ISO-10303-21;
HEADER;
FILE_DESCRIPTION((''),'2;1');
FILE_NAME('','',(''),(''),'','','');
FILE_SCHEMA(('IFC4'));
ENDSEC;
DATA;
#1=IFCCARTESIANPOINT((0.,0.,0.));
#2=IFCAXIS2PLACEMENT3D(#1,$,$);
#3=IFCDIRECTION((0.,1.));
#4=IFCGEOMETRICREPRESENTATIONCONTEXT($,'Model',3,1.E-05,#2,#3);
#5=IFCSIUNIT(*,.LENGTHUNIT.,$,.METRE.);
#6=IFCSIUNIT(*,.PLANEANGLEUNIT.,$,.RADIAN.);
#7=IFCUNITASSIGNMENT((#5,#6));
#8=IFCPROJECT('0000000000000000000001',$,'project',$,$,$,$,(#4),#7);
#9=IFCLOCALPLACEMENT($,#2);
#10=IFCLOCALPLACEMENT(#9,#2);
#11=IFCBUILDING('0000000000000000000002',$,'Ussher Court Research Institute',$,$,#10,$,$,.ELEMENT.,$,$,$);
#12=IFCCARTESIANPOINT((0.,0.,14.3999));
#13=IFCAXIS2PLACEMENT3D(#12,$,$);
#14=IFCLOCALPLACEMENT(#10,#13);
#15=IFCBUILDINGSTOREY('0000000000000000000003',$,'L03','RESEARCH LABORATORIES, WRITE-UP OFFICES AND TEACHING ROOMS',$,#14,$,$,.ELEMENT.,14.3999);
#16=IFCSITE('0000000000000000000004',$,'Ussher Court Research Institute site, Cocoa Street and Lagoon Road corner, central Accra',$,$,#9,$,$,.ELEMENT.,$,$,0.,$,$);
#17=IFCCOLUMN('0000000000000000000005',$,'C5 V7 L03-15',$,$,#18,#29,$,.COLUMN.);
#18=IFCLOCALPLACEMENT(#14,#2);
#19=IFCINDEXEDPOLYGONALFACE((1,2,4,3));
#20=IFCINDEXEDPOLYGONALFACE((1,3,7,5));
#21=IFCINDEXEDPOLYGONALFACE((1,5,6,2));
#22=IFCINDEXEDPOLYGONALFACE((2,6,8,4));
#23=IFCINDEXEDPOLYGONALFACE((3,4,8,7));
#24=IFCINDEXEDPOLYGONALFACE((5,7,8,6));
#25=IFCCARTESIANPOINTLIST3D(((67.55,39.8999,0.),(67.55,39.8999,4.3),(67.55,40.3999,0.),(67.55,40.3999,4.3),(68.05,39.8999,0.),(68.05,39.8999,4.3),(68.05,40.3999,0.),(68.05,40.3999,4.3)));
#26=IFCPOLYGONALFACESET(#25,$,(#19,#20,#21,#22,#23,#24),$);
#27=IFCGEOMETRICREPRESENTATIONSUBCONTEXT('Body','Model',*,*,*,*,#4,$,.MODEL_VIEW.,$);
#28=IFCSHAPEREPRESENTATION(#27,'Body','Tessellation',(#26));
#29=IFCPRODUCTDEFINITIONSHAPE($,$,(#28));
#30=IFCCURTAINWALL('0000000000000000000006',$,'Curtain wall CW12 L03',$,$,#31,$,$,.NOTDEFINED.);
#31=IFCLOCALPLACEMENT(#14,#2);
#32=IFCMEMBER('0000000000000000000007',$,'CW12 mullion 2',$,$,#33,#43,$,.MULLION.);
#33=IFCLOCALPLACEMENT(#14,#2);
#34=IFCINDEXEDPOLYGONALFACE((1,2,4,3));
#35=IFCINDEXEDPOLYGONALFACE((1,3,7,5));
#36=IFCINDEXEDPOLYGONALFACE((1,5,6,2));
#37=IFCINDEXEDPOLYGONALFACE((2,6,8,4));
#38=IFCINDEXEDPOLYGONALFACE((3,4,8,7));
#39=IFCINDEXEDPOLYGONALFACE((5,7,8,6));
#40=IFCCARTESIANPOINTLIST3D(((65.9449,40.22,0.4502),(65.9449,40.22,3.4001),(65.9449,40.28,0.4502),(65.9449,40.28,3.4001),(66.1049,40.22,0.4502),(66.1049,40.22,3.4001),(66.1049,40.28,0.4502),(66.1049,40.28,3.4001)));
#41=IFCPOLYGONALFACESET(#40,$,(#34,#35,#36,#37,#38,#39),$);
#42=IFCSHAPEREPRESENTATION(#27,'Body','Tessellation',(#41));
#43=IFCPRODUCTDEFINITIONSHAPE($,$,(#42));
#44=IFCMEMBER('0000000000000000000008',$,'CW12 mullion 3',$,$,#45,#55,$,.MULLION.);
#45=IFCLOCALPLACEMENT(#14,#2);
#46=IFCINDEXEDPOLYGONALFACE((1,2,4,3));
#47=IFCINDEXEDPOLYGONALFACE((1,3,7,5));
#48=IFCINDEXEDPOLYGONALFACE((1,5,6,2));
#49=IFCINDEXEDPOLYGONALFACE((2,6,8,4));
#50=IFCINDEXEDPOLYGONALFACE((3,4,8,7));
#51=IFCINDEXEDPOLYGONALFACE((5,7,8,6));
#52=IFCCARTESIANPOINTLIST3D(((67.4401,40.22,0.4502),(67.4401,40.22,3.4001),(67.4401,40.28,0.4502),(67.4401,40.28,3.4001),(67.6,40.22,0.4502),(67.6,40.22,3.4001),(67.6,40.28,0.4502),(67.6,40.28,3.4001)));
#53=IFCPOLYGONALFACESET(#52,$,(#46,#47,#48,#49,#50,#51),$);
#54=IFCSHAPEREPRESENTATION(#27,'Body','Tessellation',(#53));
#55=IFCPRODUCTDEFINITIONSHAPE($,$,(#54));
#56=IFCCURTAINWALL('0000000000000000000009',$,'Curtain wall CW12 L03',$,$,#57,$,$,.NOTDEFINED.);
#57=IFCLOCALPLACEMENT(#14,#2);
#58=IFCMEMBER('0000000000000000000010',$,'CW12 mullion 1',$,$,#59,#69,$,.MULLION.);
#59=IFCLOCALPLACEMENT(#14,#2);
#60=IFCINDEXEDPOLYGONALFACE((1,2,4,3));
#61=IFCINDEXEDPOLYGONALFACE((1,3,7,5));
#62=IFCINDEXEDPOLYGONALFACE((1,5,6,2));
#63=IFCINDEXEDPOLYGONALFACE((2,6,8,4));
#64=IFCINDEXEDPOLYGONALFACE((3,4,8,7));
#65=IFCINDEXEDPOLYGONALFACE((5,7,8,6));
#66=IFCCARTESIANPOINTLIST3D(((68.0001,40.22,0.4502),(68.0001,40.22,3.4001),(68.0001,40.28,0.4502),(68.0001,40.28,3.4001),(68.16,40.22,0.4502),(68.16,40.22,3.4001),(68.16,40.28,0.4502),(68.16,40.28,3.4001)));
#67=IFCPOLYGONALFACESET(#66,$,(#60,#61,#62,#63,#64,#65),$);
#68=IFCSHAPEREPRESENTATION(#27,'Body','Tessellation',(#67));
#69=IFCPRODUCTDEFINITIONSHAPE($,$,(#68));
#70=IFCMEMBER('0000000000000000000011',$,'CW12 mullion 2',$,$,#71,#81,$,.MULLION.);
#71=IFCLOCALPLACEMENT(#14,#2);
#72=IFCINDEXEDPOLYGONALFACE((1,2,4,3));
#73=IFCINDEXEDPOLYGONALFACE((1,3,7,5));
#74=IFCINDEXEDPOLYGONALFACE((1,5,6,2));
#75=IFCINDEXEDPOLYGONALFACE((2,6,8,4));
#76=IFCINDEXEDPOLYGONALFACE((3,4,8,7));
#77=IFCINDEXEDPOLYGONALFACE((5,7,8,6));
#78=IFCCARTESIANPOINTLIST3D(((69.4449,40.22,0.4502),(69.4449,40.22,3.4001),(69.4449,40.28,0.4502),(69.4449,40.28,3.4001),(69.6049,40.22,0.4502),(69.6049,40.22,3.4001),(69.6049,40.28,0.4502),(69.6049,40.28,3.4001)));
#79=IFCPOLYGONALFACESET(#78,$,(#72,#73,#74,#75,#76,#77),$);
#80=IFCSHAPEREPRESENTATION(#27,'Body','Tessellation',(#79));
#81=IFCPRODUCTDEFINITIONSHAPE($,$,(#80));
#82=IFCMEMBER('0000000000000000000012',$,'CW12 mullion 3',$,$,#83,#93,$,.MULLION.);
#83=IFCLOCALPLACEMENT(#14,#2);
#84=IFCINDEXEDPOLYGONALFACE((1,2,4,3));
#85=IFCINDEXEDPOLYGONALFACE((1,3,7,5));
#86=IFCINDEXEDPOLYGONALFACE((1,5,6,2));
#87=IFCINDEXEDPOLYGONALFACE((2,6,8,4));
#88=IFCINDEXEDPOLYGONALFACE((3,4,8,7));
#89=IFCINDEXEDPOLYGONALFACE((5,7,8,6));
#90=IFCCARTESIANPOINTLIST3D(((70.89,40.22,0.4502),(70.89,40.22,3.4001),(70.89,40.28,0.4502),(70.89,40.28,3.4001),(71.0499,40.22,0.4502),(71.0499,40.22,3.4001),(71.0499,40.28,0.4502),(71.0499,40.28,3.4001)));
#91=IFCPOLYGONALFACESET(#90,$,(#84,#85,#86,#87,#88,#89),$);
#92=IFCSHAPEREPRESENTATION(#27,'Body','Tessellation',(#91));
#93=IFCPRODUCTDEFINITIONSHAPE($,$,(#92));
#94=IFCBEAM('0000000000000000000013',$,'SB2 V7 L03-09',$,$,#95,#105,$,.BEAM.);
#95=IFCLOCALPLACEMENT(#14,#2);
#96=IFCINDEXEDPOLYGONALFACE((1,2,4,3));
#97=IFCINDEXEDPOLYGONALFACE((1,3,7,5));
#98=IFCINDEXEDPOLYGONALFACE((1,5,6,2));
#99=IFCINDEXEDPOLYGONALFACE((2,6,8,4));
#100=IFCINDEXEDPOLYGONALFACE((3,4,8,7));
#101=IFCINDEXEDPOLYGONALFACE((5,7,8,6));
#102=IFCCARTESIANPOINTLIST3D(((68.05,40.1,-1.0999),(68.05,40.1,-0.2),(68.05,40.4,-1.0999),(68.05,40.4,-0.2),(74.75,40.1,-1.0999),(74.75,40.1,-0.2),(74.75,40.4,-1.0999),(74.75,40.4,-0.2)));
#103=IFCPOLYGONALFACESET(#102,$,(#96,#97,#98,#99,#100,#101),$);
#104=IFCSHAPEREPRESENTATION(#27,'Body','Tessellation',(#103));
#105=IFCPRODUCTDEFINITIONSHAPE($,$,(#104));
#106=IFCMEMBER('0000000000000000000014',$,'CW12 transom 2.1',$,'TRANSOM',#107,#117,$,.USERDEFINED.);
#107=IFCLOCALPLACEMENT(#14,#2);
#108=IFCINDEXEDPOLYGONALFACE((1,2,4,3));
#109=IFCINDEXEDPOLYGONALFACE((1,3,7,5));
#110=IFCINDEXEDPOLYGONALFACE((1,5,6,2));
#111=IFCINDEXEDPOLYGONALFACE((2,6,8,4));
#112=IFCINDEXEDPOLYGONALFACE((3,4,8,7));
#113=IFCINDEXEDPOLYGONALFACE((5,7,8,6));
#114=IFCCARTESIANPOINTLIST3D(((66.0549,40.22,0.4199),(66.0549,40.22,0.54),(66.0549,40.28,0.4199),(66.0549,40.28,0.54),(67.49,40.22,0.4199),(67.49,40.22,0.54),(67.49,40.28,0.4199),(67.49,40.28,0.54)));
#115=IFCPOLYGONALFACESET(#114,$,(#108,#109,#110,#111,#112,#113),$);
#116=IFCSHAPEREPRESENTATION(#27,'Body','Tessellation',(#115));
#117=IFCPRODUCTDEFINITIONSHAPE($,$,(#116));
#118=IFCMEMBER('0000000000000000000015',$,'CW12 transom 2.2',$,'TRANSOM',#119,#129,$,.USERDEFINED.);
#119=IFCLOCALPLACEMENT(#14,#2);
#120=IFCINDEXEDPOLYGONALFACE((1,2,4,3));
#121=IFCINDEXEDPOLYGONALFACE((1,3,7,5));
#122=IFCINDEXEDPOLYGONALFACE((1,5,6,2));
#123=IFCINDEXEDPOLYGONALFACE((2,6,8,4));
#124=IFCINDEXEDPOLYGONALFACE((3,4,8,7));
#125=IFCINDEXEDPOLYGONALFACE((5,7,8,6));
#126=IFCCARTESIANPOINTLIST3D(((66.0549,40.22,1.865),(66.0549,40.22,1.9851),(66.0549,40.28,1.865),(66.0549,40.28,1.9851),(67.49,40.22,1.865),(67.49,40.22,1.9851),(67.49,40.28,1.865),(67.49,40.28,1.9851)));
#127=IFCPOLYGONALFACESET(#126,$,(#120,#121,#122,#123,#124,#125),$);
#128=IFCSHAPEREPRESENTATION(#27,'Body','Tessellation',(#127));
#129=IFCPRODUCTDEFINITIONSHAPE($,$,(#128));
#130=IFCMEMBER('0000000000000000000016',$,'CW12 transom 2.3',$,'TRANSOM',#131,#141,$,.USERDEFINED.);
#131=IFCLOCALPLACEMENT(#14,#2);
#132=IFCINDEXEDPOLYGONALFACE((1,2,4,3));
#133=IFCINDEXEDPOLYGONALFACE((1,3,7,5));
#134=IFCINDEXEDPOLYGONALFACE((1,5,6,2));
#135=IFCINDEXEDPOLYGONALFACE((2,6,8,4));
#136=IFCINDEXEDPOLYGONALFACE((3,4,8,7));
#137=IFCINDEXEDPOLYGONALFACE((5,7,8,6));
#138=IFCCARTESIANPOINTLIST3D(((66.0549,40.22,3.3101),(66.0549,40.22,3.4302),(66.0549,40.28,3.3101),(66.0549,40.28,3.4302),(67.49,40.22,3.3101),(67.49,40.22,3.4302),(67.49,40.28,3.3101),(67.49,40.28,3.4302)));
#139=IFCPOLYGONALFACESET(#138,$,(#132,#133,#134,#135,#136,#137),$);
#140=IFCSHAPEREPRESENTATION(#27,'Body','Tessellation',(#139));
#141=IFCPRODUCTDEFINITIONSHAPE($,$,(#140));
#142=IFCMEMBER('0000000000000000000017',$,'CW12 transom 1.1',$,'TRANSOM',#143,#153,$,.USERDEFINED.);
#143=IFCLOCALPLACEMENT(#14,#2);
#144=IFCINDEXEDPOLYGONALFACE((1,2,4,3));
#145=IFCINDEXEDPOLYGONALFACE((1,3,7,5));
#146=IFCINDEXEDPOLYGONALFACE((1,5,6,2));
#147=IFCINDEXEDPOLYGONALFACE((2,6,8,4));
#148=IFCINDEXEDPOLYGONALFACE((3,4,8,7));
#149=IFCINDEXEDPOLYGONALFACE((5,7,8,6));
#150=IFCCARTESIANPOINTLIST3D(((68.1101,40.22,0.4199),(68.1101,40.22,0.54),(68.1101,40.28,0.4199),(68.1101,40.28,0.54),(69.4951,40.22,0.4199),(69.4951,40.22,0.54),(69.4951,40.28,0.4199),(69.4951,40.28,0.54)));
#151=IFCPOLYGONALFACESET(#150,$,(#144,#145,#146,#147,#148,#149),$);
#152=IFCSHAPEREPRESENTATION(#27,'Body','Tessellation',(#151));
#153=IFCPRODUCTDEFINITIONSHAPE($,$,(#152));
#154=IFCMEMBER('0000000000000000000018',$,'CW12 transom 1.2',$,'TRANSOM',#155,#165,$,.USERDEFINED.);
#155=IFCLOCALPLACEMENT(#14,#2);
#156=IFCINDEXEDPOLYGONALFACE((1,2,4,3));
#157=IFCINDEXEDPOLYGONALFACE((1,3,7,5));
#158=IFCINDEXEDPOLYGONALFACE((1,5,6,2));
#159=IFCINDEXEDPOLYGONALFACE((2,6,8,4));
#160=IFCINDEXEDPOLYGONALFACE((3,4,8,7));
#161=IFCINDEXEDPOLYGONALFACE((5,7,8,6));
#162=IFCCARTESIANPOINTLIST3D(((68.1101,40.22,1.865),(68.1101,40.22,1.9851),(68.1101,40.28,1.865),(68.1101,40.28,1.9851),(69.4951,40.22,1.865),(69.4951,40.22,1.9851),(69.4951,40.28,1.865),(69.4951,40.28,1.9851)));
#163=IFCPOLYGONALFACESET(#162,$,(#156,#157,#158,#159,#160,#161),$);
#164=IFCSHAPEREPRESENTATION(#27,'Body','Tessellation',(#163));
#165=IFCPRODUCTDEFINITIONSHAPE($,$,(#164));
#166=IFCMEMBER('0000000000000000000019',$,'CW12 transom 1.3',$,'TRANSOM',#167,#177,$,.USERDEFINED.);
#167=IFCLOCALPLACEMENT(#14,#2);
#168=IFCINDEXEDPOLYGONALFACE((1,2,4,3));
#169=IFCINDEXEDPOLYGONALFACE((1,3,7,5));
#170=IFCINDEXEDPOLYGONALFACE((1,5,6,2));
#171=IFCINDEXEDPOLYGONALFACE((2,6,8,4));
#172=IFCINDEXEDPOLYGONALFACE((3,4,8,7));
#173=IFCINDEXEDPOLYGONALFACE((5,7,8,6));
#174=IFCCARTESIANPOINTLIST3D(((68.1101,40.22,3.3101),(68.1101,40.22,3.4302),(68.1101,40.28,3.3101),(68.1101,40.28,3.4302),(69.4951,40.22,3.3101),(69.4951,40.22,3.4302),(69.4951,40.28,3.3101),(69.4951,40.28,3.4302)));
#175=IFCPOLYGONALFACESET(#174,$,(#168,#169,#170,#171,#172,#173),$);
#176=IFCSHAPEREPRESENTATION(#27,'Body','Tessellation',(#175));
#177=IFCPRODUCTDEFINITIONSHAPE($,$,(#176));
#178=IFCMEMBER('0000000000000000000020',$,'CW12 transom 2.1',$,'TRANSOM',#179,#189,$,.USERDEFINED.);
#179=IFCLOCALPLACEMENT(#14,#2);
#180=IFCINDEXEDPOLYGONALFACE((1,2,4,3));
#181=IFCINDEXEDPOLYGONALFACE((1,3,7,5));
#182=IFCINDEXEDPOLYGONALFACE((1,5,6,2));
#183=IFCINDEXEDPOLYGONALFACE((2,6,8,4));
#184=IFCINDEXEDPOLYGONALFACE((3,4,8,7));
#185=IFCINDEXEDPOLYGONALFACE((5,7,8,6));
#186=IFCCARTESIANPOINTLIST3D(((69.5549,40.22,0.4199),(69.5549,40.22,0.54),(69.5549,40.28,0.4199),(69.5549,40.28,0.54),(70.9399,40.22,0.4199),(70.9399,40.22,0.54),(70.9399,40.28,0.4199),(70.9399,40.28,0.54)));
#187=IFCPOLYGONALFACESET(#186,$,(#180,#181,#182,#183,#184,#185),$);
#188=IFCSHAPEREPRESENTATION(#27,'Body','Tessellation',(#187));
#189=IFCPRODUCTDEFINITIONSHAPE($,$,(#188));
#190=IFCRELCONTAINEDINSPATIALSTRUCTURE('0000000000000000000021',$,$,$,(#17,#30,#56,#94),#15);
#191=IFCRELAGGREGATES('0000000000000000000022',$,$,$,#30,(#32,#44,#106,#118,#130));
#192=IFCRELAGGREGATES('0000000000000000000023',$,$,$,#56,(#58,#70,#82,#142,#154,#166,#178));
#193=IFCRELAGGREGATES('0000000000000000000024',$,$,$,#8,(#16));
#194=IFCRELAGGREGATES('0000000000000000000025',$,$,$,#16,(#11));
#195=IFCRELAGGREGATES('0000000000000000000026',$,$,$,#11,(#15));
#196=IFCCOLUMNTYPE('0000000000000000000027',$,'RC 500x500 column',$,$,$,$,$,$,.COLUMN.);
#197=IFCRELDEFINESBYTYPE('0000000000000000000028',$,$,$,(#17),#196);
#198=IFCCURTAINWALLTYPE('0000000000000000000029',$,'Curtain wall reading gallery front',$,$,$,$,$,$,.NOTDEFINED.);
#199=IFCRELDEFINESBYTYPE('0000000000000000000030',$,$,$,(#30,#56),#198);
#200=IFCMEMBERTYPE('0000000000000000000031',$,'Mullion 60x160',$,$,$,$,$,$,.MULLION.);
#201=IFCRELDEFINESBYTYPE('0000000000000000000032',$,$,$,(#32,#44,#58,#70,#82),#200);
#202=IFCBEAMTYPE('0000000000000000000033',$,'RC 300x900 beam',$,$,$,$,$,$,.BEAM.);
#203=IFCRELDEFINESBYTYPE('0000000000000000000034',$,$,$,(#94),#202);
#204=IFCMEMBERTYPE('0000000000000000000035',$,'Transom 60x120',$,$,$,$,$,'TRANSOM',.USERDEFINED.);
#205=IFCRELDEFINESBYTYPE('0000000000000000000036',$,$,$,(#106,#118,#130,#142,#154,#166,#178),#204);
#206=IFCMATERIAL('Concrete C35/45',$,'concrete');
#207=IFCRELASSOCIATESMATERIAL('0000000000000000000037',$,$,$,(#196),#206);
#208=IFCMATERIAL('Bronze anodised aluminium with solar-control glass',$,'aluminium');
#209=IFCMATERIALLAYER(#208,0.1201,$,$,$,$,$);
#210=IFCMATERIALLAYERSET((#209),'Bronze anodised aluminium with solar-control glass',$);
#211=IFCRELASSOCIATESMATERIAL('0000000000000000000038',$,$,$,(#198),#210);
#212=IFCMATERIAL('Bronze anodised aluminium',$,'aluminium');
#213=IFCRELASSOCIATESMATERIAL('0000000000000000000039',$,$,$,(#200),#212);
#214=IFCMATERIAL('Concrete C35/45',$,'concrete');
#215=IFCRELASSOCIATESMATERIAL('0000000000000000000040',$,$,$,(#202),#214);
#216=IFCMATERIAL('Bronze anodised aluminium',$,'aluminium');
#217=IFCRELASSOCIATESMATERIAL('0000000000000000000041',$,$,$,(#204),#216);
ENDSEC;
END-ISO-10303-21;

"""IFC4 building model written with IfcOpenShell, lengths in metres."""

from ifc_helpers import new_model, si_unit, direction, frame, origin, origin_2d, place, context, subcontext, project, spatial, rectangle, extrude, material, layer, layer_set, material_profile, profile_set, type_object, element, aggregate, save


model = new_model("IFC4")

# Units and contexts
model_context = context("Model", 3, precision=1e-05, world=origin(), true_north=direction((0.0, 1.0)))
body_context = subcontext(model_context, "Body", "Model", "MODEL_VIEW")
ifc_project = project(units=[si_unit("LENGTHUNIT", "METRE"), si_unit("PLANEANGLEUNIT", "RADIAN")], contexts=[model_context])

# Site, building, storey
site_placement = place(None, origin())
site = spatial("IfcSite", under=ifc_project, at=site_placement, Name="Ussher Court Research Institute site, Cocoa Street and Lagoon Road corner, central Accra", CompositionType="ELEMENT", RefElevation=0.0)
building_placement = place(site_placement, origin())
building = spatial("IfcBuilding", under=site, at=building_placement, Name="Ussher Court Research Institute", CompositionType="ELEMENT")
storey_placement = place(building_placement, frame((0.0, 0.0, 14.3999)))
storey = spatial("IfcBuildingStorey", under=building, at=storey_placement, Name="L03", Description="RESEARCH LABORATORIES, WRITE-UP OFFICES AND TEACHING ROOMS", CompositionType="ELEMENT", Elevation=14.3999)

# Column
ifc_material_1 = material(Name="Concrete C35/45", Category="concrete")
ifc_material_profile_1 = material_profile(ifc_material_1, rectangle(XDim=0.5, YDim=0.5, at=origin_2d()), Name="RC 500x500")
ifc_profile_set_1 = profile_set([ifc_material_profile_1], Name="Concrete C35/45")
column_type = type_object("IfcColumnType", Name="RC 500x500 column", PredefinedType="COLUMN", material=ifc_profile_set_1)
column_placement = place(storey_placement, frame((67.8, 40.1499, 0.0), z_axis=(0.0, 0.0, 1.0), x_axis=(1.0, 0.0, 0.0)))
element("IfcColumn", 1, at=column_placement, inside=storey, type_object=column_type, Name="C5 V7 L03-15", PredefinedType="COLUMN", context=body_context, shape_type="SweptSolid", body=[
    extrude(rectangle(XDim=0.5, YDim=0.5, at=origin_2d()), origin(), (0.0, 0.0, 1.0), 4.3),
])

# Curtain walls, members
ifc_material_2 = material(Name="Bronze anodised aluminium with solar-control glass", Category="aluminium")
ifc_layer_1 = layer(ifc_material_2, 0.1201)
ifc_layer_set_1 = layer_set([ifc_layer_1], Name="Bronze anodised aluminium with solar-control glass")
curtain_wall_type = type_object("IfcCurtainWallType", Name="Curtain wall reading gallery front", PredefinedType="NOTDEFINED", material=ifc_layer_set_1)
curtain_wall_1_placement = place(storey_placement, origin())
curtain_wall_1 = element("IfcCurtainWall", 2, at=curtain_wall_1_placement, inside=storey, type_object=curtain_wall_type, Name="Curtain wall CW12 L03", PredefinedType="NOTDEFINED")
ifc_material_3 = material(Name="Bronze anodised aluminium", Category="aluminium")
ifc_material_profile_2 = material_profile(ifc_material_3, rectangle(XDim=0.0601, YDim=0.1599, at=origin_2d()), Name="Mullion 60x160")
ifc_profile_set_2 = profile_set([ifc_material_profile_2], Name="Bronze anodised aluminium")
member_type_1 = type_object("IfcMemberType", Name="Mullion 60x160", PredefinedType="MULLION", material=ifc_profile_set_2)
member_1_placement = place(storey_placement, frame((66.0249, 40.25, 0.4502), z_axis=(0.0, 0.0, 1.0), x_axis=(0.0, 1.0, 0.0)))
member_1 = element("IfcMember", 3, at=member_1_placement, type_object=member_type_1, Name="CW12 mullion 2", PredefinedType="MULLION", context=body_context, shape_type="SweptSolid", body=[
    extrude(rectangle(XDim=0.0601, YDim=0.1599, at=origin_2d()), origin(), (0.0, 0.0, 1.0), 2.95),
])
member_2_placement = place(storey_placement, frame((67.52, 40.25, 0.4502), z_axis=(0.0, 0.0, 1.0), x_axis=(0.0, 1.0, 0.0)))
member_2 = element("IfcMember", 4, at=member_2_placement, type_object=member_type_1, Name="CW12 mullion 3", PredefinedType="MULLION", context=body_context, shape_type="SweptSolid", body=[
    extrude(rectangle(XDim=0.0601, YDim=0.1599, at=origin_2d()), origin(), (0.0, 0.0, 1.0), 2.95),
])
curtain_wall_2_placement = place(storey_placement, origin())
curtain_wall_2 = element("IfcCurtainWall", 5, at=curtain_wall_2_placement, inside=storey, type_object=curtain_wall_type, Name="Curtain wall CW12 L03", PredefinedType="NOTDEFINED")
member_3_placement = place(storey_placement, frame((68.0801, 40.25, 0.4502), z_axis=(0.0, 0.0, 1.0), x_axis=(0.0, 1.0, 0.0)))
member_3 = element("IfcMember", 6, at=member_3_placement, type_object=member_type_1, Name="CW12 mullion 1", PredefinedType="MULLION", context=body_context, shape_type="SweptSolid", body=[
    extrude(rectangle(XDim=0.0601, YDim=0.1599, at=origin_2d()), origin(), (0.0, 0.0, 1.0), 2.95),
])
member_4_placement = place(storey_placement, frame((69.5249, 40.25, 0.4502), z_axis=(0.0, 0.0, 1.0), x_axis=(0.0, 1.0, 0.0)))
member_4 = element("IfcMember", 7, at=member_4_placement, type_object=member_type_1, Name="CW12 mullion 2", PredefinedType="MULLION", context=body_context, shape_type="SweptSolid", body=[
    extrude(rectangle(XDim=0.0601, YDim=0.1599, at=origin_2d()), origin(), (0.0, 0.0, 1.0), 2.95),
])
member_5_placement = place(storey_placement, frame((70.97, 40.25, 0.4502), z_axis=(0.0, 0.0, 1.0), x_axis=(0.0, 1.0, 0.0)))
member_5 = element("IfcMember", 8, at=member_5_placement, type_object=member_type_1, Name="CW12 mullion 3", PredefinedType="MULLION", context=body_context, shape_type="SweptSolid", body=[
    extrude(rectangle(XDim=0.0601, YDim=0.1599, at=origin_2d()), origin(), (0.0, 0.0, 1.0), 2.95),
])

# Beam
ifc_material_4 = material(Name="Concrete C35/45", Category="concrete")
ifc_material_profile_3 = material_profile(ifc_material_4, rectangle(XDim=0.3, YDim=0.8999, at=origin_2d()), Name="RC 300x900")
ifc_profile_set_3 = profile_set([ifc_material_profile_3], Name="Concrete C35/45")
beam_type = type_object("IfcBeamType", Name="RC 300x900 beam", PredefinedType="BEAM", material=ifc_profile_set_3)
beam_placement = place(storey_placement, frame((68.05, 40.25, -0.6499), z_axis=(1.0, 0.0, 0.0), x_axis=(0.0, 1.0, 0.0)))
element("IfcBeam", 9, at=beam_placement, inside=storey, type_object=beam_type, Name="SB2 V7 L03-09", PredefinedType="BEAM", context=body_context, shape_type="SweptSolid", body=[
    extrude(rectangle(XDim=0.3, YDim=0.8999, at=origin_2d()), origin(), (0.0, 0.0, 1.0), 6.7),
])

# Members
ifc_material_5 = material(Name="Bronze anodised aluminium", Category="aluminium")
ifc_material_profile_4 = material_profile(ifc_material_5, rectangle(XDim=0.0601, YDim=0.1201, at=origin_2d()), Name="Transom 60x120")
ifc_profile_set_4 = profile_set([ifc_material_profile_4], Name="Bronze anodised aluminium")
member_type_2 = type_object("IfcMemberType", Name="Transom 60x120", ElementType="TRANSOM", PredefinedType="USERDEFINED", material=ifc_profile_set_4)
member_6_placement = place(storey_placement, frame((66.0549, 40.25, 0.48), z_axis=(1.0, 0.0, 0.0), x_axis=(0.0, 1.0, 0.0)))
member_6 = element("IfcMember", 10, at=member_6_placement, type_object=member_type_2, Name="CW12 transom 2.1", ObjectType="TRANSOM", PredefinedType="USERDEFINED", context=body_context, shape_type="SweptSolid", body=[
    extrude(rectangle(XDim=0.0601, YDim=0.1201, at=origin_2d()), origin(), (0.0, 0.0, 1.0), 1.4351),
])
member_7_placement = place(storey_placement, frame((66.0549, 40.25, 1.925), z_axis=(1.0, 0.0, 0.0), x_axis=(0.0, 1.0, 0.0)))
member_7 = element("IfcMember", 11, at=member_7_placement, type_object=member_type_2, Name="CW12 transom 2.2", ObjectType="TRANSOM", PredefinedType="USERDEFINED", context=body_context, shape_type="SweptSolid", body=[
    extrude(rectangle(XDim=0.0601, YDim=0.1201, at=origin_2d()), origin(), (0.0, 0.0, 1.0), 1.4351),
])
member_8_placement = place(storey_placement, frame((66.0549, 40.25, 3.3701), z_axis=(1.0, 0.0, 0.0), x_axis=(0.0, 1.0, 0.0)))
member_8 = element("IfcMember", 12, at=member_8_placement, type_object=member_type_2, Name="CW12 transom 2.3", ObjectType="TRANSOM", PredefinedType="USERDEFINED", context=body_context, shape_type="SweptSolid", body=[
    extrude(rectangle(XDim=0.0601, YDim=0.1201, at=origin_2d()), origin(), (0.0, 0.0, 1.0), 1.4351),
])
member_9_placement = place(storey_placement, frame((68.1101, 40.25, 0.48), z_axis=(1.0, 0.0, 0.0), x_axis=(0.0, 1.0, 0.0)))
member_9 = element("IfcMember", 13, at=member_9_placement, type_object=member_type_2, Name="CW12 transom 1.1", ObjectType="TRANSOM", PredefinedType="USERDEFINED", context=body_context, shape_type="SweptSolid", body=[
    extrude(rectangle(XDim=0.0601, YDim=0.1201, at=origin_2d()), origin(), (0.0, 0.0, 1.0), 1.385),
])
member_10_placement = place(storey_placement, frame((68.1101, 40.25, 1.925), z_axis=(1.0, 0.0, 0.0), x_axis=(0.0, 1.0, 0.0)))
member_10 = element("IfcMember", 14, at=member_10_placement, type_object=member_type_2, Name="CW12 transom 1.2", ObjectType="TRANSOM", PredefinedType="USERDEFINED", context=body_context, shape_type="SweptSolid", body=[
    extrude(rectangle(XDim=0.0601, YDim=0.1201, at=origin_2d()), origin(), (0.0, 0.0, 1.0), 1.385),
])
member_11_placement = place(storey_placement, frame((68.1101, 40.25, 3.3701), z_axis=(1.0, 0.0, 0.0), x_axis=(0.0, 1.0, 0.0)))
member_11 = element("IfcMember", 15, at=member_11_placement, type_object=member_type_2, Name="CW12 transom 1.3", ObjectType="TRANSOM", PredefinedType="USERDEFINED", context=body_context, shape_type="SweptSolid", body=[
    extrude(rectangle(XDim=0.0601, YDim=0.1201, at=origin_2d()), origin(), (0.0, 0.0, 1.0), 1.385),
])
member_12_placement = place(storey_placement, frame((69.5549, 40.25, 0.48), z_axis=(1.0, 0.0, 0.0), x_axis=(0.0, 1.0, 0.0)))
member_12 = element("IfcMember", 16, at=member_12_placement, type_object=member_type_2, Name="CW12 transom 2.1", ObjectType="TRANSOM", PredefinedType="USERDEFINED", context=body_context, shape_type="SweptSolid", body=[
    extrude(rectangle(XDim=0.0601, YDim=0.1201, at=origin_2d()), origin(), (0.0, 0.0, 1.0), 1.385),
])

aggregate(curtain_wall_1, [member_1, member_2, member_6, member_7, member_8])
aggregate(curtain_wall_2, [member_3, member_4, member_5, member_9, member_10, member_11, member_12])

save(model, "model.ifc")
